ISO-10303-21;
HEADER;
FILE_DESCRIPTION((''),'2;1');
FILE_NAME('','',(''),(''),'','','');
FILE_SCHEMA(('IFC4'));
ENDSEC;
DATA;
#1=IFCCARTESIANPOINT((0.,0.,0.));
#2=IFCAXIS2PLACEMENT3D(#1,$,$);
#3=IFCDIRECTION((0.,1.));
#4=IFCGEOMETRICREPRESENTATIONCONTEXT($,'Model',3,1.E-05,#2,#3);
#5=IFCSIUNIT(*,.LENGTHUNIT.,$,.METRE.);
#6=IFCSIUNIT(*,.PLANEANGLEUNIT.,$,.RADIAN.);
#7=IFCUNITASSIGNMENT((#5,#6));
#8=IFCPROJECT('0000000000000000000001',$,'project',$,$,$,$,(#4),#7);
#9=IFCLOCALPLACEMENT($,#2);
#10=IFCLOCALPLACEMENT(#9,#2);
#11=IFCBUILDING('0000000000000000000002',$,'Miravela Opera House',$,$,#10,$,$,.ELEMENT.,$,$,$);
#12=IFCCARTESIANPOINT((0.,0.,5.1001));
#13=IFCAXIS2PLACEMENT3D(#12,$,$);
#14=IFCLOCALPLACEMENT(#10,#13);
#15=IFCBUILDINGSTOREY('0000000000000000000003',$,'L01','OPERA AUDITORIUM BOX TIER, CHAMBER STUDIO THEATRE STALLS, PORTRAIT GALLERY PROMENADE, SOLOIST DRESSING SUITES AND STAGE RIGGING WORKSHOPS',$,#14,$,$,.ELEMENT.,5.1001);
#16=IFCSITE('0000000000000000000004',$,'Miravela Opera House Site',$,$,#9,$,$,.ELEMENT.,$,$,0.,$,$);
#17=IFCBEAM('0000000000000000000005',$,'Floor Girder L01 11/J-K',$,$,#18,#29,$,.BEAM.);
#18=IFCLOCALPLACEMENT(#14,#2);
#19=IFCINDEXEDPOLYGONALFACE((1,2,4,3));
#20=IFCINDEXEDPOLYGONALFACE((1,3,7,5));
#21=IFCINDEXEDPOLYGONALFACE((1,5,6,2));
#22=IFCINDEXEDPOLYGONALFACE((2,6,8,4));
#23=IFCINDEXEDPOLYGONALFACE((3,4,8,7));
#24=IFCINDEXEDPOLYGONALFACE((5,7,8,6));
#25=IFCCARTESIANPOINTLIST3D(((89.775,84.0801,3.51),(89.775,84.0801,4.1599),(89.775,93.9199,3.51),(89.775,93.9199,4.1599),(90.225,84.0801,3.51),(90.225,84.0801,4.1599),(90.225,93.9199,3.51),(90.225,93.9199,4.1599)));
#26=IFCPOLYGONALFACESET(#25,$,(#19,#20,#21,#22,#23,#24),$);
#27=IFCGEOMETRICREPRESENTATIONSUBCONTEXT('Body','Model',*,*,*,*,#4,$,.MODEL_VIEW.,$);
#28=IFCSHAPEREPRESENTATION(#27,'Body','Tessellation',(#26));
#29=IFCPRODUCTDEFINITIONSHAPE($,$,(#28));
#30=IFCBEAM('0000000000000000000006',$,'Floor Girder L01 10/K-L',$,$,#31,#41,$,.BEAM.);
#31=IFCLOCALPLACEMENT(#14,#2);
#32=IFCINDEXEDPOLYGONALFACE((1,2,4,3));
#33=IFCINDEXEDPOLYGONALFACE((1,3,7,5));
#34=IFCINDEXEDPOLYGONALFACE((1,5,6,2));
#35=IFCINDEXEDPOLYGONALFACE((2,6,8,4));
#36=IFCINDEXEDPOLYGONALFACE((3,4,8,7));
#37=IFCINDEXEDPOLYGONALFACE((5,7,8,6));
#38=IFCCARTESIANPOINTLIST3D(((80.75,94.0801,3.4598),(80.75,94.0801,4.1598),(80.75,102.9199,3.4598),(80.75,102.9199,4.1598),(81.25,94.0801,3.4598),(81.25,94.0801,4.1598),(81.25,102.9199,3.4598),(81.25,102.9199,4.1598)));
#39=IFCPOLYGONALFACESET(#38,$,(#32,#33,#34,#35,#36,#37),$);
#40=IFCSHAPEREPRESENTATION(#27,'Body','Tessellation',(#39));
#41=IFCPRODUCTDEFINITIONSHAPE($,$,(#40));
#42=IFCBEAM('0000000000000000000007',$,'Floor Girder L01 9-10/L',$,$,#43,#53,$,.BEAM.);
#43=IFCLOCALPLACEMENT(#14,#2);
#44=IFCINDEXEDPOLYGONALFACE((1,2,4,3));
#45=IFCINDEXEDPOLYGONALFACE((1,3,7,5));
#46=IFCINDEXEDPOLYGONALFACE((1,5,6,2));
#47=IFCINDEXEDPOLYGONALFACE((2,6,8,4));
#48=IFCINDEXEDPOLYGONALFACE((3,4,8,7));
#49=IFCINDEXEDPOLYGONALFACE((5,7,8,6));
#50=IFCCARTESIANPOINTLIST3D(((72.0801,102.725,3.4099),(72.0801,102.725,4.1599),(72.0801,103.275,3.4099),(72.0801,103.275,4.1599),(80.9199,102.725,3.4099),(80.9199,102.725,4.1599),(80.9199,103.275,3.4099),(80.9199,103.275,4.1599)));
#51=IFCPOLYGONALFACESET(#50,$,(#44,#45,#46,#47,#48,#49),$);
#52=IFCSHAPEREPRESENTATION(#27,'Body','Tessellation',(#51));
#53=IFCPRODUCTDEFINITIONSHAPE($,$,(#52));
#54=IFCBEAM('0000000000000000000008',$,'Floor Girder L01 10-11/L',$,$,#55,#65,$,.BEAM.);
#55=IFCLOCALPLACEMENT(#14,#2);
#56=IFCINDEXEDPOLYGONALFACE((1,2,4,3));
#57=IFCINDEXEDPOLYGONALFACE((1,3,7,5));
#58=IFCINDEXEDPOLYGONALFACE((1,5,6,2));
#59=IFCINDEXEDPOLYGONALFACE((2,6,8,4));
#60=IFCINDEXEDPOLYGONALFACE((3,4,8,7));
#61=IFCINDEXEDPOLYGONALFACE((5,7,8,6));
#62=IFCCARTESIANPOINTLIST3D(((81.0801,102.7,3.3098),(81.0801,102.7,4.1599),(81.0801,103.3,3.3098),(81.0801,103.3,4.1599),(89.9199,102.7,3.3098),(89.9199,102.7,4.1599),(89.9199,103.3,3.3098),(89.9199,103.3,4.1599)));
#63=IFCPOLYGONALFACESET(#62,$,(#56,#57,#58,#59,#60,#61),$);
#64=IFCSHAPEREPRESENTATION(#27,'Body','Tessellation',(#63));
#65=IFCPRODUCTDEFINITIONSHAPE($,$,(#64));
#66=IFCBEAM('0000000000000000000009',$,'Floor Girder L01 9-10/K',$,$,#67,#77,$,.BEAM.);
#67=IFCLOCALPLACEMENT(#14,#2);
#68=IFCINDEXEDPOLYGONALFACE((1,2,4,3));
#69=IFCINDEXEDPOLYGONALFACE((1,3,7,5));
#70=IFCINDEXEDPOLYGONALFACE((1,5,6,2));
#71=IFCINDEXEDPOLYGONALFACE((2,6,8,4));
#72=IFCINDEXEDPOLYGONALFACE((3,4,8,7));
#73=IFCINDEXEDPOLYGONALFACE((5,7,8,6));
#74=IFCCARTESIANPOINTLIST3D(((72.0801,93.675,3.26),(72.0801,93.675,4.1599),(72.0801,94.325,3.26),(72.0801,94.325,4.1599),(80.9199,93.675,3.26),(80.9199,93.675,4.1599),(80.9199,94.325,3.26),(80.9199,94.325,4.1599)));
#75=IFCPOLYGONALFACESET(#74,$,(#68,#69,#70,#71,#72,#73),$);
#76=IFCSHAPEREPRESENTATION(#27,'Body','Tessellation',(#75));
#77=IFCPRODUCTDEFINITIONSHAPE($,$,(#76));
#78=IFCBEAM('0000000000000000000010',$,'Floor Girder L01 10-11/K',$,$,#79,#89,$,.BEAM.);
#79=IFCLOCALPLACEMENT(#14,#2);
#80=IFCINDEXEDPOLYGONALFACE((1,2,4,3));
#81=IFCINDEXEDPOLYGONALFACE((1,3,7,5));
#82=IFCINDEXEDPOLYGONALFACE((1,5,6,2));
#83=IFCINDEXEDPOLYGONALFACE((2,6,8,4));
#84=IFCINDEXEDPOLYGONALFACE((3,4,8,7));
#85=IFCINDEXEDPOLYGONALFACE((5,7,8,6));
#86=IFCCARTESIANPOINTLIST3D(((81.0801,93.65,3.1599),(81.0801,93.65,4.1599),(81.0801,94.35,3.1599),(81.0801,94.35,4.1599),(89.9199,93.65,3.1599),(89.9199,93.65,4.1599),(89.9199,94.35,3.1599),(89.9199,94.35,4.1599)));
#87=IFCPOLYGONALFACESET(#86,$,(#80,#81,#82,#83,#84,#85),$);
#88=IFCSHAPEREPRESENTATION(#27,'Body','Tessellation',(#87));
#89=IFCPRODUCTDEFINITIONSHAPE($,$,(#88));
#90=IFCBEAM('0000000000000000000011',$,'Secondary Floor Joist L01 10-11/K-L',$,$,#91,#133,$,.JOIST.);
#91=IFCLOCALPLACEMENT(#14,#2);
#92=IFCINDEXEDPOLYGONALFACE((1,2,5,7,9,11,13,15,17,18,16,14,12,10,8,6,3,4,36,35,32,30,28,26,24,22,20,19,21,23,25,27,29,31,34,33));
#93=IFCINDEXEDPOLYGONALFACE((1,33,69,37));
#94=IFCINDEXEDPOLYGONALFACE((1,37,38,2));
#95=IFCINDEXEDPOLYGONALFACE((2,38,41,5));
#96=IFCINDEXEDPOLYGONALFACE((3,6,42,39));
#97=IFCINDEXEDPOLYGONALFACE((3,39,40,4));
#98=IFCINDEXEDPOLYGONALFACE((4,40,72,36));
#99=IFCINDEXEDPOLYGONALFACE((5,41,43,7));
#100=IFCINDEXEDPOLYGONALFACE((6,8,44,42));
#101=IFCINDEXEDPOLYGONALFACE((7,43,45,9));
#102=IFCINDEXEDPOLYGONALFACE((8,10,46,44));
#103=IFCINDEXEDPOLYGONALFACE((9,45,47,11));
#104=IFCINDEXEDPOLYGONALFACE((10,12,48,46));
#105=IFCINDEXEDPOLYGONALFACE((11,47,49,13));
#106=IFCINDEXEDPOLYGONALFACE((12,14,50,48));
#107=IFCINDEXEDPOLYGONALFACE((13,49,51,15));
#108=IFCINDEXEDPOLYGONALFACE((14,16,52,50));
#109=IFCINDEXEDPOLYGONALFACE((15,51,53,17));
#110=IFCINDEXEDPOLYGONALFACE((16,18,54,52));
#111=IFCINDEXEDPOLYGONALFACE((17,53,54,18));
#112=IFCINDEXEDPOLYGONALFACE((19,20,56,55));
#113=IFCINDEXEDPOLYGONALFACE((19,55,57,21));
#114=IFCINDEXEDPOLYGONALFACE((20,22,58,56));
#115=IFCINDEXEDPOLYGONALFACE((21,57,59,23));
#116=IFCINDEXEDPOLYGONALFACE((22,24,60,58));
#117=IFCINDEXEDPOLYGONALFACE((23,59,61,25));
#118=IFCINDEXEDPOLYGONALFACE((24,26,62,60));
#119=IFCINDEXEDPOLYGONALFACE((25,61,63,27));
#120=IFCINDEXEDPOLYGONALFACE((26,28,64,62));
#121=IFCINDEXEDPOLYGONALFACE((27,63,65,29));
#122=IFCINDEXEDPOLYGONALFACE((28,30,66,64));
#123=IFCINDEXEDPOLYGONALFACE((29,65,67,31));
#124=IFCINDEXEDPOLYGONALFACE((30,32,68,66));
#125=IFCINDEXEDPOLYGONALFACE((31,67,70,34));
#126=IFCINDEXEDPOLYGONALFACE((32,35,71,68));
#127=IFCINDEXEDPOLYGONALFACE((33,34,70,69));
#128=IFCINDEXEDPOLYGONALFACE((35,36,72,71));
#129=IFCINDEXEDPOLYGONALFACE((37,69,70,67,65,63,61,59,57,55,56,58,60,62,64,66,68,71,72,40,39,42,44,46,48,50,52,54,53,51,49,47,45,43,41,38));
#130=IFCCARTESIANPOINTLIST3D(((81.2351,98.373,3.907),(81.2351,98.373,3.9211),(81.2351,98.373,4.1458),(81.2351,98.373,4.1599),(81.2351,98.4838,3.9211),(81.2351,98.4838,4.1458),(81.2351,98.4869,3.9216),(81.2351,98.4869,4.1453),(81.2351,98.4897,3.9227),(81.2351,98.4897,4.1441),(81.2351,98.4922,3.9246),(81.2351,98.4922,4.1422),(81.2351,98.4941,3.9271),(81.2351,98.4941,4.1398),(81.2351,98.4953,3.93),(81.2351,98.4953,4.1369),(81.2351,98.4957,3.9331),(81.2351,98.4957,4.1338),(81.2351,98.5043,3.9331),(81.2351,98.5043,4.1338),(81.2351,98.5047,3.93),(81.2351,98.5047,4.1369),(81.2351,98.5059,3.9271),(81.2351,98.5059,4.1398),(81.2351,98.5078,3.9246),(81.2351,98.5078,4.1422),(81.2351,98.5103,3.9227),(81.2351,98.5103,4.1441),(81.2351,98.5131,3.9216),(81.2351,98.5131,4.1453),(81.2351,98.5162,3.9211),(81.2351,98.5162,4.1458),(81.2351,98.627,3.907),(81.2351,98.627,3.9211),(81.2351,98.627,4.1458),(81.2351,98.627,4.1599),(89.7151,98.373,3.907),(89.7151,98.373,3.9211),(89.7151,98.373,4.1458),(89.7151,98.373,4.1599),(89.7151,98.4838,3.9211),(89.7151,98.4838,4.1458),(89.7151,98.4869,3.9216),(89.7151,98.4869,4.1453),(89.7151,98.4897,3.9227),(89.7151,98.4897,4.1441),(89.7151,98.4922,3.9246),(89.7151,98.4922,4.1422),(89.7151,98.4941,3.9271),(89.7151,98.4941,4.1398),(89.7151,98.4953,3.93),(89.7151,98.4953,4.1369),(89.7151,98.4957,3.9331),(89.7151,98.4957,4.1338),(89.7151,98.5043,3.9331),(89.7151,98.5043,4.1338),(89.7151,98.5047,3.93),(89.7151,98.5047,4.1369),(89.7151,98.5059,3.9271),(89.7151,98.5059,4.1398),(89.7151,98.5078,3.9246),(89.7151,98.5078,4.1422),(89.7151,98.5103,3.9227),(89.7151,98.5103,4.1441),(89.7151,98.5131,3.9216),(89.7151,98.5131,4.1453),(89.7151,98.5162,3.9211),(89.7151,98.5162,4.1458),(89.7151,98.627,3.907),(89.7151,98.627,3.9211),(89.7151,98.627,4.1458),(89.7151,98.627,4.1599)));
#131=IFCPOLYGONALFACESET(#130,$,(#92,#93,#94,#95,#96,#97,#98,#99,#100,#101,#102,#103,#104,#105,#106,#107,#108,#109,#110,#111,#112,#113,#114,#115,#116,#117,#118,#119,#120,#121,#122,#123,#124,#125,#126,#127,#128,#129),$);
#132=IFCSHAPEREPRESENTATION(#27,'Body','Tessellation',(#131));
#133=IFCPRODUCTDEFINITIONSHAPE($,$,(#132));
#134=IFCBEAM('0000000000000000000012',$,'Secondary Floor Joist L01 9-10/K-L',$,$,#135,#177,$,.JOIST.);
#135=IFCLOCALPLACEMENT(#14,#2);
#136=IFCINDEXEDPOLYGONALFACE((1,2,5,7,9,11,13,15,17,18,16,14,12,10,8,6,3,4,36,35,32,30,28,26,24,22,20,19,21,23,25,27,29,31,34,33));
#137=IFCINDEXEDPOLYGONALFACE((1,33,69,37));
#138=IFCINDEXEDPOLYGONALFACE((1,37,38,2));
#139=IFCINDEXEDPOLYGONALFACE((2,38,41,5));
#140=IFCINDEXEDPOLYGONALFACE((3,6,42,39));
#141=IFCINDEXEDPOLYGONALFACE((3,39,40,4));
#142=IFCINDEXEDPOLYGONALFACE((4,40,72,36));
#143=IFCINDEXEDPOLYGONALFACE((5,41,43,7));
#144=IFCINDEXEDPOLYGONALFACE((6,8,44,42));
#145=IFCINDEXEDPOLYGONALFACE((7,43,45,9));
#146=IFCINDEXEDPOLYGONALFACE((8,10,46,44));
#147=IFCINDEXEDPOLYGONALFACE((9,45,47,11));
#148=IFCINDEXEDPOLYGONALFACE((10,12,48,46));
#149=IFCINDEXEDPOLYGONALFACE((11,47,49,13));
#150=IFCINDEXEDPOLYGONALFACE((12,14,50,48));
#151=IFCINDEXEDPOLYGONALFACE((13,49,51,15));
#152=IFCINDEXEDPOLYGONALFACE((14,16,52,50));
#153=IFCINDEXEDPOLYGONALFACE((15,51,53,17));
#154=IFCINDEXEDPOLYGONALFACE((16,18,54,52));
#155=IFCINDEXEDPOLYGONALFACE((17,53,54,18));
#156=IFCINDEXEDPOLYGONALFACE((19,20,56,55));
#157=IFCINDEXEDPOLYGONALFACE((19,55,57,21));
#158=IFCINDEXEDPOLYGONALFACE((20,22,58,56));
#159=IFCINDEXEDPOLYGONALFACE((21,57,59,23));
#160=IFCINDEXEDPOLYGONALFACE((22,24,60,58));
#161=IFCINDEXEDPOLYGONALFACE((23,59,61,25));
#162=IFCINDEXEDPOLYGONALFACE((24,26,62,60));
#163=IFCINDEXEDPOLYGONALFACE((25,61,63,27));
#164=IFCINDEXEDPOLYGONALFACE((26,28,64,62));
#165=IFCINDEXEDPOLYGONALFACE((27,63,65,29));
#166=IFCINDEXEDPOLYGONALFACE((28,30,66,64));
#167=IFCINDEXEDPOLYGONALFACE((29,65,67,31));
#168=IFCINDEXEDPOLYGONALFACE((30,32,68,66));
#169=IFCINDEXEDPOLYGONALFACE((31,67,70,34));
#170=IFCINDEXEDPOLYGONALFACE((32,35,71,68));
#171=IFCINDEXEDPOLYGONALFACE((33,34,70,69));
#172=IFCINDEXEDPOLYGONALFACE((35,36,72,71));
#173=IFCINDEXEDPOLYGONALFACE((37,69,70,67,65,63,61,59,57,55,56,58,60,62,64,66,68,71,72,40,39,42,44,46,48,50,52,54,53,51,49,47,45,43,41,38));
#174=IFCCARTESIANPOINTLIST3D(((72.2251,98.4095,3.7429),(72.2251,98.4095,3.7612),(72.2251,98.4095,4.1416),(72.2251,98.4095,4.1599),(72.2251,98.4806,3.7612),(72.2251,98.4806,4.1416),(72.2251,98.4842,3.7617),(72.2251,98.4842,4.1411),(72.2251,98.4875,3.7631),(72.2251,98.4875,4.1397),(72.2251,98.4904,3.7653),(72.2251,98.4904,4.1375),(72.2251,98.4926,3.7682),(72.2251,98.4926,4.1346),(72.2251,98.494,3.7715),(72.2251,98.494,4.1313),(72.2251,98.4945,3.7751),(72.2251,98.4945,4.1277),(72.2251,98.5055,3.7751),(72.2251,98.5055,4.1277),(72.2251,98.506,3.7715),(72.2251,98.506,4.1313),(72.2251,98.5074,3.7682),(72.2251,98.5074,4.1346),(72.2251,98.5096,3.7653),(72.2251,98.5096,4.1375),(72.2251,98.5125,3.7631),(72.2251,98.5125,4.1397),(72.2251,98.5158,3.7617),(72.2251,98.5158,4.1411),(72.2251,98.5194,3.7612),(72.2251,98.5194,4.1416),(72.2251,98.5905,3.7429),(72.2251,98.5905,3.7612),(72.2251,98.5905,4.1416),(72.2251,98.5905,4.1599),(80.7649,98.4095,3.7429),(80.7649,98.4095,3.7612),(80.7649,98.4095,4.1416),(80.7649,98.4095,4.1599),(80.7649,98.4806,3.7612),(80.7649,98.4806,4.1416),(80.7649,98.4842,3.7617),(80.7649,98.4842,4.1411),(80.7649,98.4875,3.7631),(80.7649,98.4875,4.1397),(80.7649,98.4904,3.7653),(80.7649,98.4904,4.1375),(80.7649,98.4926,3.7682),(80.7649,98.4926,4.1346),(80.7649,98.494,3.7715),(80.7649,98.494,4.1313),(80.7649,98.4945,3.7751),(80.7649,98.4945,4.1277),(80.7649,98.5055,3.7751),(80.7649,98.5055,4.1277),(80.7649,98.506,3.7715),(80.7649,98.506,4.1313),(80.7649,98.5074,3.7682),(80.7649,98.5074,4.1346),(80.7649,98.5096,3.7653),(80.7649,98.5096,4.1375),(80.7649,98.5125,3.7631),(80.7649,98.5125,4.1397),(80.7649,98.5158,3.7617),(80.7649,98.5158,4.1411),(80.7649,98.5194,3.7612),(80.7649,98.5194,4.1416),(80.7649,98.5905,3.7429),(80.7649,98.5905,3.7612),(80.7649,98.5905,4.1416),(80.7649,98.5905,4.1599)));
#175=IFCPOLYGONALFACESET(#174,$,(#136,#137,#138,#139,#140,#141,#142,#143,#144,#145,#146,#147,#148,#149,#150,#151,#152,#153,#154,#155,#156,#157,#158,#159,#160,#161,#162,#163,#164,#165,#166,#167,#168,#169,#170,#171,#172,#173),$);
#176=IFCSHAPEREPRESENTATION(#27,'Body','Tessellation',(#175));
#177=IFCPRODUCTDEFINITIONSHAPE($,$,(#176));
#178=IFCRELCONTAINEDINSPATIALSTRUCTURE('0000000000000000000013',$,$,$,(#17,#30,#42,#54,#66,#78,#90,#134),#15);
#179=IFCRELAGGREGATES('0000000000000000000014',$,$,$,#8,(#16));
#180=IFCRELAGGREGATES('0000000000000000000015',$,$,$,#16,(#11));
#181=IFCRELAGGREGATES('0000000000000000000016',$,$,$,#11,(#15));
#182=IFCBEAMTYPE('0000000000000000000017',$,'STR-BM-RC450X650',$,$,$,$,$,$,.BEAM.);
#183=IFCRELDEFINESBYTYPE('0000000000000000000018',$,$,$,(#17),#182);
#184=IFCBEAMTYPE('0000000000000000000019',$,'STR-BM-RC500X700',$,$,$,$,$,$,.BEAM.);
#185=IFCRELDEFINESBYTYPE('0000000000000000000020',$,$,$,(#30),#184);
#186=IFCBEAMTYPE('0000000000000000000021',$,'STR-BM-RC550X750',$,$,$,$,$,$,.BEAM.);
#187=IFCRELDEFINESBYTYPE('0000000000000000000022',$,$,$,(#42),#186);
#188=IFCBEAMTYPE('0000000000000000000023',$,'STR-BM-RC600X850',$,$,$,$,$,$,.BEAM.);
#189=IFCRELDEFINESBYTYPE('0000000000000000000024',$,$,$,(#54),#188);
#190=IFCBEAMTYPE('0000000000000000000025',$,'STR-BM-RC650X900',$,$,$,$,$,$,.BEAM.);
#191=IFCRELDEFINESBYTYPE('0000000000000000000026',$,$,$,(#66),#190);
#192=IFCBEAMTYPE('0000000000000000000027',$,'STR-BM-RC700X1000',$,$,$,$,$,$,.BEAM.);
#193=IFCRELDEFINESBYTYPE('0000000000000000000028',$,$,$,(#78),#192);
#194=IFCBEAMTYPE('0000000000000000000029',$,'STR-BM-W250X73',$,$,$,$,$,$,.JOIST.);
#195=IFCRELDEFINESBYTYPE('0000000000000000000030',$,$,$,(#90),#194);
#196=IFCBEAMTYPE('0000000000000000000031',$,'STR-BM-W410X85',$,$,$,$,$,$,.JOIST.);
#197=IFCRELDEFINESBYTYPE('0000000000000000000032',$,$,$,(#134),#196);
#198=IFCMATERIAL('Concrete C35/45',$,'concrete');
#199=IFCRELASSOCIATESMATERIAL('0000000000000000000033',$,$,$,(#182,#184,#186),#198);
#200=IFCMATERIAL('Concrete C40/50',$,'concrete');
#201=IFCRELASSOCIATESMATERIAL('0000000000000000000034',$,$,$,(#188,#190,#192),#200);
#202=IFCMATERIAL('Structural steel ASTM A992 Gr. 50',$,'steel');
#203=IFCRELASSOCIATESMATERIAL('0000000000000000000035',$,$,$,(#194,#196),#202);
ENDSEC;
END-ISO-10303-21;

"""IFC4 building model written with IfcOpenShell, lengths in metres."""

from ifc_helpers import new_model, si_unit, direction, frame, origin, origin_2d, place, context, subcontext, project, spatial, rectangle, i_section, extrude, material, material_profile, profile_set, type_object, element, save


model = new_model("IFC4")

# Units and contexts
model_context = context("Model", 3, precision=1e-05, world=origin(), true_north=direction((0.0, 1.0)))
body_context = subcontext(model_context, "Body", "Model", "MODEL_VIEW")
ifc_project = project(units=[si_unit("LENGTHUNIT", "METRE"), si_unit("PLANEANGLEUNIT", "RADIAN")], contexts=[model_context])

# Site, building, storey
site_placement = place(None, origin())
site = spatial("IfcSite", under=ifc_project, at=site_placement, Name="Miravela Opera House Site", CompositionType="ELEMENT", RefElevation=0.0)
building_placement = place(site_placement, origin())
building = spatial("IfcBuilding", under=site, at=building_placement, Name="Miravela Opera House", CompositionType="ELEMENT")
storey_placement = place(building_placement, frame((0.0, 0.0, 5.1001)))
storey = spatial("IfcBuildingStorey", under=building, at=storey_placement, Name="L01", Description="OPERA AUDITORIUM BOX TIER, CHAMBER STUDIO THEATRE STALLS, PORTRAIT GALLERY PROMENADE, SOLOIST DRESSING SUITES AND STAGE RIGGING WORKSHOPS", CompositionType="ELEMENT", Elevation=5.1001)

# Shared definitions
ifc_material_1 = material(Name="Concrete C35/45", Category="concrete")

# Beams
ifc_material_profile_1 = material_profile(ifc_material_1, rectangle(XDim=0.45, YDim=0.6499, at=origin_2d()), Name="RC-BM-450X650")
ifc_profile_set_1 = profile_set([ifc_material_profile_1])
beam_type_1 = type_object("IfcBeamType", Name="STR-BM-RC450X650", PredefinedType="BEAM", material=ifc_profile_set_1)
beam_1_placement = place(storey_placement, frame((90.0, 84.0801, 3.835), z_axis=(0.0, 1.0, 0.0), x_axis=(-1.0, 0.0, 0.0)))
element("IfcBeam", 1, at=beam_1_placement, inside=storey, type_object=beam_type_1, Name="Floor Girder L01 11/J-K", PredefinedType="BEAM", context=body_context, shape_type="SweptSolid", body=[
    extrude(rectangle(XDim=0.45, YDim=0.6499, at=origin_2d()), origin(), (0.0, 0.0, 1.0), 9.8398),
])
ifc_material_profile_2 = material_profile(ifc_material_1, rectangle(XDim=0.5, YDim=0.7, at=origin_2d()), Name="RC-BM-500X700")
ifc_profile_set_2 = profile_set([ifc_material_profile_2])
beam_type_2 = type_object("IfcBeamType", Name="STR-BM-RC500X700", PredefinedType="BEAM", material=ifc_profile_set_2)
beam_2_placement = place(storey_placement, frame((81.0, 94.0801, 3.8098), z_axis=(0.0, 1.0, 0.0), x_axis=(-1.0, 0.0, 0.0)))
element("IfcBeam", 2, at=beam_2_placement, inside=storey, type_object=beam_type_2, Name="Floor Girder L01 10/K-L", PredefinedType="BEAM", context=body_context, shape_type="SweptSolid", body=[
    extrude(rectangle(XDim=0.5, YDim=0.7, at=origin_2d()), origin(), (0.0, 0.0, 1.0), 8.8398),
])
ifc_material_profile_3 = material_profile(ifc_material_1, rectangle(XDim=0.55, YDim=0.75, at=origin_2d()), Name="RC-BM-550X750")
ifc_profile_set_3 = profile_set([ifc_material_profile_3])
beam_type_3 = type_object("IfcBeamType", Name="STR-BM-RC550X750", PredefinedType="BEAM", material=ifc_profile_set_3)
beam_3_placement = place(storey_placement, frame((72.0801, 103.0, 3.7849), z_axis=(1.0, 0.0, 0.0), x_axis=(0.0, 1.0, 0.0)))
element("IfcBeam", 3, at=beam_3_placement, inside=storey, type_object=beam_type_3, Name="Floor Girder L01 9-10/L", PredefinedType="BEAM", context=body_context, shape_type="SweptSolid", body=[
    extrude(rectangle(XDim=0.55, YDim=0.75, at=origin_2d()), origin(), (0.0, 0.0, 1.0), 8.8398),
])
ifc_material_2 = material(Name="Concrete C40/50", Category="concrete")
ifc_material_profile_4 = material_profile(ifc_material_2, rectangle(XDim=0.6001, YDim=0.8501, at=origin_2d()), Name="RC-BM-600X850")
ifc_profile_set_4 = profile_set([ifc_material_profile_4])
beam_type_4 = type_object("IfcBeamType", Name="STR-BM-RC600X850", PredefinedType="BEAM", material=ifc_profile_set_4)
beam_4_placement = place(storey_placement, frame((81.0801, 103.0, 3.7349), z_axis=(1.0, 0.0, 0.0), x_axis=(0.0, 1.0, 0.0)))
element("IfcBeam", 4, at=beam_4_placement, inside=storey, type_object=beam_type_4, Name="Floor Girder L01 10-11/L", PredefinedType="BEAM", context=body_context, shape_type="SweptSolid", body=[
    extrude(rectangle(XDim=0.6001, YDim=0.8501, at=origin_2d()), origin(), (0.0, 0.0, 1.0), 8.8398),
])
ifc_material_profile_5 = material_profile(ifc_material_2, rectangle(XDim=0.6499, YDim=0.8999, at=origin_2d()), Name="RC-BM-650X900")
ifc_profile_set_5 = profile_set([ifc_material_profile_5])
beam_type_5 = type_object("IfcBeamType", Name="STR-BM-RC650X900", PredefinedType="BEAM", material=ifc_profile_set_5)
beam_5_placement = place(storey_placement, frame((72.0801, 94.0, 3.71), z_axis=(1.0, 0.0, 0.0), x_axis=(0.0, 1.0, 0.0)))
element("IfcBeam", 5, at=beam_5_placement, inside=storey, type_object=beam_type_5, Name="Floor Girder L01 9-10/K", PredefinedType="BEAM", context=body_context, shape_type="SweptSolid", body=[
    extrude(rectangle(XDim=0.6499, YDim=0.8999, at=origin_2d()), origin(), (0.0, 0.0, 1.0), 8.8398),
])
ifc_material_profile_6 = material_profile(ifc_material_2, rectangle(XDim=0.7, YDim=1.0, at=origin_2d()), Name="RC-BM-700X1000")
ifc_profile_set_6 = profile_set([ifc_material_profile_6])
beam_type_6 = type_object("IfcBeamType", Name="STR-BM-RC700X1000", PredefinedType="BEAM", material=ifc_profile_set_6)
beam_6_placement = place(storey_placement, frame((81.0801, 94.0, 3.6599), z_axis=(1.0, 0.0, 0.0), x_axis=(0.0, 1.0, 0.0)))
element("IfcBeam", 6, at=beam_6_placement, inside=storey, type_object=beam_type_6, Name="Floor Girder L01 10-11/K", PredefinedType="BEAM", context=body_context, shape_type="SweptSolid", body=[
    extrude(rectangle(XDim=0.7, YDim=1.0, at=origin_2d()), origin(), (0.0, 0.0, 1.0), 8.8398),
])
ifc_material_3 = material(Name="Structural steel ASTM A992 Gr. 50", Category="steel")
ifc_material_profile_7 = material_profile(ifc_material_3, i_section(OverallWidth=0.2539, OverallDepth=0.2529, WebThickness=0.0085, FlangeThickness=0.0142, FilletRadius=0.012, at=origin_2d()), Name="W250X73")
ifc_profile_set_7 = profile_set([ifc_material_profile_7])
beam_type_7 = type_object("IfcBeamType", Name="STR-BM-W250X73", PredefinedType="JOIST", material=ifc_profile_set_7)
beam_7_placement = place(storey_placement, frame((81.2351, 98.5, 4.0334), z_axis=(1.0, 0.0, 0.0), x_axis=(0.0, 1.0, 0.0)))
element("IfcBeam", 7, at=beam_7_placement, inside=storey, type_object=beam_type_7, Name="Secondary Floor Joist L01 10-11/K-L", PredefinedType="JOIST", context=body_context, shape_type="SweptSolid", body=[
    extrude(i_section(OverallWidth=0.2539, OverallDepth=0.2529, WebThickness=0.0085, FlangeThickness=0.0142, FilletRadius=0.012, at=origin_2d()), origin(), (0.0, 0.0, 1.0), 8.48),
])
ifc_material_profile_8 = material_profile(ifc_material_3, i_section(OverallWidth=0.1809, OverallDepth=0.417, WebThickness=0.011, FlangeThickness=0.0183, FilletRadius=0.0139, at=origin_2d()), Name="W410X85")
ifc_profile_set_8 = profile_set([ifc_material_profile_8])
beam_type_8 = type_object("IfcBeamType", Name="STR-BM-W410X85", PredefinedType="JOIST", material=ifc_profile_set_8)
beam_8_placement = place(storey_placement, frame((72.2251, 98.5, 3.9514), z_axis=(1.0, 0.0, 0.0), x_axis=(0.0, 1.0, 0.0)))
element("IfcBeam", 8, at=beam_8_placement, inside=storey, type_object=beam_type_8, Name="Secondary Floor Joist L01 9-10/K-L", PredefinedType="JOIST", context=body_context, shape_type="SweptSolid", body=[
    extrude(i_section(OverallWidth=0.1809, OverallDepth=0.417, WebThickness=0.011, FlangeThickness=0.0183, FilletRadius=0.0139, at=origin_2d()), origin(), (0.0, 0.0, 1.0), 8.5398),
])

save(model, "model.ifc")
